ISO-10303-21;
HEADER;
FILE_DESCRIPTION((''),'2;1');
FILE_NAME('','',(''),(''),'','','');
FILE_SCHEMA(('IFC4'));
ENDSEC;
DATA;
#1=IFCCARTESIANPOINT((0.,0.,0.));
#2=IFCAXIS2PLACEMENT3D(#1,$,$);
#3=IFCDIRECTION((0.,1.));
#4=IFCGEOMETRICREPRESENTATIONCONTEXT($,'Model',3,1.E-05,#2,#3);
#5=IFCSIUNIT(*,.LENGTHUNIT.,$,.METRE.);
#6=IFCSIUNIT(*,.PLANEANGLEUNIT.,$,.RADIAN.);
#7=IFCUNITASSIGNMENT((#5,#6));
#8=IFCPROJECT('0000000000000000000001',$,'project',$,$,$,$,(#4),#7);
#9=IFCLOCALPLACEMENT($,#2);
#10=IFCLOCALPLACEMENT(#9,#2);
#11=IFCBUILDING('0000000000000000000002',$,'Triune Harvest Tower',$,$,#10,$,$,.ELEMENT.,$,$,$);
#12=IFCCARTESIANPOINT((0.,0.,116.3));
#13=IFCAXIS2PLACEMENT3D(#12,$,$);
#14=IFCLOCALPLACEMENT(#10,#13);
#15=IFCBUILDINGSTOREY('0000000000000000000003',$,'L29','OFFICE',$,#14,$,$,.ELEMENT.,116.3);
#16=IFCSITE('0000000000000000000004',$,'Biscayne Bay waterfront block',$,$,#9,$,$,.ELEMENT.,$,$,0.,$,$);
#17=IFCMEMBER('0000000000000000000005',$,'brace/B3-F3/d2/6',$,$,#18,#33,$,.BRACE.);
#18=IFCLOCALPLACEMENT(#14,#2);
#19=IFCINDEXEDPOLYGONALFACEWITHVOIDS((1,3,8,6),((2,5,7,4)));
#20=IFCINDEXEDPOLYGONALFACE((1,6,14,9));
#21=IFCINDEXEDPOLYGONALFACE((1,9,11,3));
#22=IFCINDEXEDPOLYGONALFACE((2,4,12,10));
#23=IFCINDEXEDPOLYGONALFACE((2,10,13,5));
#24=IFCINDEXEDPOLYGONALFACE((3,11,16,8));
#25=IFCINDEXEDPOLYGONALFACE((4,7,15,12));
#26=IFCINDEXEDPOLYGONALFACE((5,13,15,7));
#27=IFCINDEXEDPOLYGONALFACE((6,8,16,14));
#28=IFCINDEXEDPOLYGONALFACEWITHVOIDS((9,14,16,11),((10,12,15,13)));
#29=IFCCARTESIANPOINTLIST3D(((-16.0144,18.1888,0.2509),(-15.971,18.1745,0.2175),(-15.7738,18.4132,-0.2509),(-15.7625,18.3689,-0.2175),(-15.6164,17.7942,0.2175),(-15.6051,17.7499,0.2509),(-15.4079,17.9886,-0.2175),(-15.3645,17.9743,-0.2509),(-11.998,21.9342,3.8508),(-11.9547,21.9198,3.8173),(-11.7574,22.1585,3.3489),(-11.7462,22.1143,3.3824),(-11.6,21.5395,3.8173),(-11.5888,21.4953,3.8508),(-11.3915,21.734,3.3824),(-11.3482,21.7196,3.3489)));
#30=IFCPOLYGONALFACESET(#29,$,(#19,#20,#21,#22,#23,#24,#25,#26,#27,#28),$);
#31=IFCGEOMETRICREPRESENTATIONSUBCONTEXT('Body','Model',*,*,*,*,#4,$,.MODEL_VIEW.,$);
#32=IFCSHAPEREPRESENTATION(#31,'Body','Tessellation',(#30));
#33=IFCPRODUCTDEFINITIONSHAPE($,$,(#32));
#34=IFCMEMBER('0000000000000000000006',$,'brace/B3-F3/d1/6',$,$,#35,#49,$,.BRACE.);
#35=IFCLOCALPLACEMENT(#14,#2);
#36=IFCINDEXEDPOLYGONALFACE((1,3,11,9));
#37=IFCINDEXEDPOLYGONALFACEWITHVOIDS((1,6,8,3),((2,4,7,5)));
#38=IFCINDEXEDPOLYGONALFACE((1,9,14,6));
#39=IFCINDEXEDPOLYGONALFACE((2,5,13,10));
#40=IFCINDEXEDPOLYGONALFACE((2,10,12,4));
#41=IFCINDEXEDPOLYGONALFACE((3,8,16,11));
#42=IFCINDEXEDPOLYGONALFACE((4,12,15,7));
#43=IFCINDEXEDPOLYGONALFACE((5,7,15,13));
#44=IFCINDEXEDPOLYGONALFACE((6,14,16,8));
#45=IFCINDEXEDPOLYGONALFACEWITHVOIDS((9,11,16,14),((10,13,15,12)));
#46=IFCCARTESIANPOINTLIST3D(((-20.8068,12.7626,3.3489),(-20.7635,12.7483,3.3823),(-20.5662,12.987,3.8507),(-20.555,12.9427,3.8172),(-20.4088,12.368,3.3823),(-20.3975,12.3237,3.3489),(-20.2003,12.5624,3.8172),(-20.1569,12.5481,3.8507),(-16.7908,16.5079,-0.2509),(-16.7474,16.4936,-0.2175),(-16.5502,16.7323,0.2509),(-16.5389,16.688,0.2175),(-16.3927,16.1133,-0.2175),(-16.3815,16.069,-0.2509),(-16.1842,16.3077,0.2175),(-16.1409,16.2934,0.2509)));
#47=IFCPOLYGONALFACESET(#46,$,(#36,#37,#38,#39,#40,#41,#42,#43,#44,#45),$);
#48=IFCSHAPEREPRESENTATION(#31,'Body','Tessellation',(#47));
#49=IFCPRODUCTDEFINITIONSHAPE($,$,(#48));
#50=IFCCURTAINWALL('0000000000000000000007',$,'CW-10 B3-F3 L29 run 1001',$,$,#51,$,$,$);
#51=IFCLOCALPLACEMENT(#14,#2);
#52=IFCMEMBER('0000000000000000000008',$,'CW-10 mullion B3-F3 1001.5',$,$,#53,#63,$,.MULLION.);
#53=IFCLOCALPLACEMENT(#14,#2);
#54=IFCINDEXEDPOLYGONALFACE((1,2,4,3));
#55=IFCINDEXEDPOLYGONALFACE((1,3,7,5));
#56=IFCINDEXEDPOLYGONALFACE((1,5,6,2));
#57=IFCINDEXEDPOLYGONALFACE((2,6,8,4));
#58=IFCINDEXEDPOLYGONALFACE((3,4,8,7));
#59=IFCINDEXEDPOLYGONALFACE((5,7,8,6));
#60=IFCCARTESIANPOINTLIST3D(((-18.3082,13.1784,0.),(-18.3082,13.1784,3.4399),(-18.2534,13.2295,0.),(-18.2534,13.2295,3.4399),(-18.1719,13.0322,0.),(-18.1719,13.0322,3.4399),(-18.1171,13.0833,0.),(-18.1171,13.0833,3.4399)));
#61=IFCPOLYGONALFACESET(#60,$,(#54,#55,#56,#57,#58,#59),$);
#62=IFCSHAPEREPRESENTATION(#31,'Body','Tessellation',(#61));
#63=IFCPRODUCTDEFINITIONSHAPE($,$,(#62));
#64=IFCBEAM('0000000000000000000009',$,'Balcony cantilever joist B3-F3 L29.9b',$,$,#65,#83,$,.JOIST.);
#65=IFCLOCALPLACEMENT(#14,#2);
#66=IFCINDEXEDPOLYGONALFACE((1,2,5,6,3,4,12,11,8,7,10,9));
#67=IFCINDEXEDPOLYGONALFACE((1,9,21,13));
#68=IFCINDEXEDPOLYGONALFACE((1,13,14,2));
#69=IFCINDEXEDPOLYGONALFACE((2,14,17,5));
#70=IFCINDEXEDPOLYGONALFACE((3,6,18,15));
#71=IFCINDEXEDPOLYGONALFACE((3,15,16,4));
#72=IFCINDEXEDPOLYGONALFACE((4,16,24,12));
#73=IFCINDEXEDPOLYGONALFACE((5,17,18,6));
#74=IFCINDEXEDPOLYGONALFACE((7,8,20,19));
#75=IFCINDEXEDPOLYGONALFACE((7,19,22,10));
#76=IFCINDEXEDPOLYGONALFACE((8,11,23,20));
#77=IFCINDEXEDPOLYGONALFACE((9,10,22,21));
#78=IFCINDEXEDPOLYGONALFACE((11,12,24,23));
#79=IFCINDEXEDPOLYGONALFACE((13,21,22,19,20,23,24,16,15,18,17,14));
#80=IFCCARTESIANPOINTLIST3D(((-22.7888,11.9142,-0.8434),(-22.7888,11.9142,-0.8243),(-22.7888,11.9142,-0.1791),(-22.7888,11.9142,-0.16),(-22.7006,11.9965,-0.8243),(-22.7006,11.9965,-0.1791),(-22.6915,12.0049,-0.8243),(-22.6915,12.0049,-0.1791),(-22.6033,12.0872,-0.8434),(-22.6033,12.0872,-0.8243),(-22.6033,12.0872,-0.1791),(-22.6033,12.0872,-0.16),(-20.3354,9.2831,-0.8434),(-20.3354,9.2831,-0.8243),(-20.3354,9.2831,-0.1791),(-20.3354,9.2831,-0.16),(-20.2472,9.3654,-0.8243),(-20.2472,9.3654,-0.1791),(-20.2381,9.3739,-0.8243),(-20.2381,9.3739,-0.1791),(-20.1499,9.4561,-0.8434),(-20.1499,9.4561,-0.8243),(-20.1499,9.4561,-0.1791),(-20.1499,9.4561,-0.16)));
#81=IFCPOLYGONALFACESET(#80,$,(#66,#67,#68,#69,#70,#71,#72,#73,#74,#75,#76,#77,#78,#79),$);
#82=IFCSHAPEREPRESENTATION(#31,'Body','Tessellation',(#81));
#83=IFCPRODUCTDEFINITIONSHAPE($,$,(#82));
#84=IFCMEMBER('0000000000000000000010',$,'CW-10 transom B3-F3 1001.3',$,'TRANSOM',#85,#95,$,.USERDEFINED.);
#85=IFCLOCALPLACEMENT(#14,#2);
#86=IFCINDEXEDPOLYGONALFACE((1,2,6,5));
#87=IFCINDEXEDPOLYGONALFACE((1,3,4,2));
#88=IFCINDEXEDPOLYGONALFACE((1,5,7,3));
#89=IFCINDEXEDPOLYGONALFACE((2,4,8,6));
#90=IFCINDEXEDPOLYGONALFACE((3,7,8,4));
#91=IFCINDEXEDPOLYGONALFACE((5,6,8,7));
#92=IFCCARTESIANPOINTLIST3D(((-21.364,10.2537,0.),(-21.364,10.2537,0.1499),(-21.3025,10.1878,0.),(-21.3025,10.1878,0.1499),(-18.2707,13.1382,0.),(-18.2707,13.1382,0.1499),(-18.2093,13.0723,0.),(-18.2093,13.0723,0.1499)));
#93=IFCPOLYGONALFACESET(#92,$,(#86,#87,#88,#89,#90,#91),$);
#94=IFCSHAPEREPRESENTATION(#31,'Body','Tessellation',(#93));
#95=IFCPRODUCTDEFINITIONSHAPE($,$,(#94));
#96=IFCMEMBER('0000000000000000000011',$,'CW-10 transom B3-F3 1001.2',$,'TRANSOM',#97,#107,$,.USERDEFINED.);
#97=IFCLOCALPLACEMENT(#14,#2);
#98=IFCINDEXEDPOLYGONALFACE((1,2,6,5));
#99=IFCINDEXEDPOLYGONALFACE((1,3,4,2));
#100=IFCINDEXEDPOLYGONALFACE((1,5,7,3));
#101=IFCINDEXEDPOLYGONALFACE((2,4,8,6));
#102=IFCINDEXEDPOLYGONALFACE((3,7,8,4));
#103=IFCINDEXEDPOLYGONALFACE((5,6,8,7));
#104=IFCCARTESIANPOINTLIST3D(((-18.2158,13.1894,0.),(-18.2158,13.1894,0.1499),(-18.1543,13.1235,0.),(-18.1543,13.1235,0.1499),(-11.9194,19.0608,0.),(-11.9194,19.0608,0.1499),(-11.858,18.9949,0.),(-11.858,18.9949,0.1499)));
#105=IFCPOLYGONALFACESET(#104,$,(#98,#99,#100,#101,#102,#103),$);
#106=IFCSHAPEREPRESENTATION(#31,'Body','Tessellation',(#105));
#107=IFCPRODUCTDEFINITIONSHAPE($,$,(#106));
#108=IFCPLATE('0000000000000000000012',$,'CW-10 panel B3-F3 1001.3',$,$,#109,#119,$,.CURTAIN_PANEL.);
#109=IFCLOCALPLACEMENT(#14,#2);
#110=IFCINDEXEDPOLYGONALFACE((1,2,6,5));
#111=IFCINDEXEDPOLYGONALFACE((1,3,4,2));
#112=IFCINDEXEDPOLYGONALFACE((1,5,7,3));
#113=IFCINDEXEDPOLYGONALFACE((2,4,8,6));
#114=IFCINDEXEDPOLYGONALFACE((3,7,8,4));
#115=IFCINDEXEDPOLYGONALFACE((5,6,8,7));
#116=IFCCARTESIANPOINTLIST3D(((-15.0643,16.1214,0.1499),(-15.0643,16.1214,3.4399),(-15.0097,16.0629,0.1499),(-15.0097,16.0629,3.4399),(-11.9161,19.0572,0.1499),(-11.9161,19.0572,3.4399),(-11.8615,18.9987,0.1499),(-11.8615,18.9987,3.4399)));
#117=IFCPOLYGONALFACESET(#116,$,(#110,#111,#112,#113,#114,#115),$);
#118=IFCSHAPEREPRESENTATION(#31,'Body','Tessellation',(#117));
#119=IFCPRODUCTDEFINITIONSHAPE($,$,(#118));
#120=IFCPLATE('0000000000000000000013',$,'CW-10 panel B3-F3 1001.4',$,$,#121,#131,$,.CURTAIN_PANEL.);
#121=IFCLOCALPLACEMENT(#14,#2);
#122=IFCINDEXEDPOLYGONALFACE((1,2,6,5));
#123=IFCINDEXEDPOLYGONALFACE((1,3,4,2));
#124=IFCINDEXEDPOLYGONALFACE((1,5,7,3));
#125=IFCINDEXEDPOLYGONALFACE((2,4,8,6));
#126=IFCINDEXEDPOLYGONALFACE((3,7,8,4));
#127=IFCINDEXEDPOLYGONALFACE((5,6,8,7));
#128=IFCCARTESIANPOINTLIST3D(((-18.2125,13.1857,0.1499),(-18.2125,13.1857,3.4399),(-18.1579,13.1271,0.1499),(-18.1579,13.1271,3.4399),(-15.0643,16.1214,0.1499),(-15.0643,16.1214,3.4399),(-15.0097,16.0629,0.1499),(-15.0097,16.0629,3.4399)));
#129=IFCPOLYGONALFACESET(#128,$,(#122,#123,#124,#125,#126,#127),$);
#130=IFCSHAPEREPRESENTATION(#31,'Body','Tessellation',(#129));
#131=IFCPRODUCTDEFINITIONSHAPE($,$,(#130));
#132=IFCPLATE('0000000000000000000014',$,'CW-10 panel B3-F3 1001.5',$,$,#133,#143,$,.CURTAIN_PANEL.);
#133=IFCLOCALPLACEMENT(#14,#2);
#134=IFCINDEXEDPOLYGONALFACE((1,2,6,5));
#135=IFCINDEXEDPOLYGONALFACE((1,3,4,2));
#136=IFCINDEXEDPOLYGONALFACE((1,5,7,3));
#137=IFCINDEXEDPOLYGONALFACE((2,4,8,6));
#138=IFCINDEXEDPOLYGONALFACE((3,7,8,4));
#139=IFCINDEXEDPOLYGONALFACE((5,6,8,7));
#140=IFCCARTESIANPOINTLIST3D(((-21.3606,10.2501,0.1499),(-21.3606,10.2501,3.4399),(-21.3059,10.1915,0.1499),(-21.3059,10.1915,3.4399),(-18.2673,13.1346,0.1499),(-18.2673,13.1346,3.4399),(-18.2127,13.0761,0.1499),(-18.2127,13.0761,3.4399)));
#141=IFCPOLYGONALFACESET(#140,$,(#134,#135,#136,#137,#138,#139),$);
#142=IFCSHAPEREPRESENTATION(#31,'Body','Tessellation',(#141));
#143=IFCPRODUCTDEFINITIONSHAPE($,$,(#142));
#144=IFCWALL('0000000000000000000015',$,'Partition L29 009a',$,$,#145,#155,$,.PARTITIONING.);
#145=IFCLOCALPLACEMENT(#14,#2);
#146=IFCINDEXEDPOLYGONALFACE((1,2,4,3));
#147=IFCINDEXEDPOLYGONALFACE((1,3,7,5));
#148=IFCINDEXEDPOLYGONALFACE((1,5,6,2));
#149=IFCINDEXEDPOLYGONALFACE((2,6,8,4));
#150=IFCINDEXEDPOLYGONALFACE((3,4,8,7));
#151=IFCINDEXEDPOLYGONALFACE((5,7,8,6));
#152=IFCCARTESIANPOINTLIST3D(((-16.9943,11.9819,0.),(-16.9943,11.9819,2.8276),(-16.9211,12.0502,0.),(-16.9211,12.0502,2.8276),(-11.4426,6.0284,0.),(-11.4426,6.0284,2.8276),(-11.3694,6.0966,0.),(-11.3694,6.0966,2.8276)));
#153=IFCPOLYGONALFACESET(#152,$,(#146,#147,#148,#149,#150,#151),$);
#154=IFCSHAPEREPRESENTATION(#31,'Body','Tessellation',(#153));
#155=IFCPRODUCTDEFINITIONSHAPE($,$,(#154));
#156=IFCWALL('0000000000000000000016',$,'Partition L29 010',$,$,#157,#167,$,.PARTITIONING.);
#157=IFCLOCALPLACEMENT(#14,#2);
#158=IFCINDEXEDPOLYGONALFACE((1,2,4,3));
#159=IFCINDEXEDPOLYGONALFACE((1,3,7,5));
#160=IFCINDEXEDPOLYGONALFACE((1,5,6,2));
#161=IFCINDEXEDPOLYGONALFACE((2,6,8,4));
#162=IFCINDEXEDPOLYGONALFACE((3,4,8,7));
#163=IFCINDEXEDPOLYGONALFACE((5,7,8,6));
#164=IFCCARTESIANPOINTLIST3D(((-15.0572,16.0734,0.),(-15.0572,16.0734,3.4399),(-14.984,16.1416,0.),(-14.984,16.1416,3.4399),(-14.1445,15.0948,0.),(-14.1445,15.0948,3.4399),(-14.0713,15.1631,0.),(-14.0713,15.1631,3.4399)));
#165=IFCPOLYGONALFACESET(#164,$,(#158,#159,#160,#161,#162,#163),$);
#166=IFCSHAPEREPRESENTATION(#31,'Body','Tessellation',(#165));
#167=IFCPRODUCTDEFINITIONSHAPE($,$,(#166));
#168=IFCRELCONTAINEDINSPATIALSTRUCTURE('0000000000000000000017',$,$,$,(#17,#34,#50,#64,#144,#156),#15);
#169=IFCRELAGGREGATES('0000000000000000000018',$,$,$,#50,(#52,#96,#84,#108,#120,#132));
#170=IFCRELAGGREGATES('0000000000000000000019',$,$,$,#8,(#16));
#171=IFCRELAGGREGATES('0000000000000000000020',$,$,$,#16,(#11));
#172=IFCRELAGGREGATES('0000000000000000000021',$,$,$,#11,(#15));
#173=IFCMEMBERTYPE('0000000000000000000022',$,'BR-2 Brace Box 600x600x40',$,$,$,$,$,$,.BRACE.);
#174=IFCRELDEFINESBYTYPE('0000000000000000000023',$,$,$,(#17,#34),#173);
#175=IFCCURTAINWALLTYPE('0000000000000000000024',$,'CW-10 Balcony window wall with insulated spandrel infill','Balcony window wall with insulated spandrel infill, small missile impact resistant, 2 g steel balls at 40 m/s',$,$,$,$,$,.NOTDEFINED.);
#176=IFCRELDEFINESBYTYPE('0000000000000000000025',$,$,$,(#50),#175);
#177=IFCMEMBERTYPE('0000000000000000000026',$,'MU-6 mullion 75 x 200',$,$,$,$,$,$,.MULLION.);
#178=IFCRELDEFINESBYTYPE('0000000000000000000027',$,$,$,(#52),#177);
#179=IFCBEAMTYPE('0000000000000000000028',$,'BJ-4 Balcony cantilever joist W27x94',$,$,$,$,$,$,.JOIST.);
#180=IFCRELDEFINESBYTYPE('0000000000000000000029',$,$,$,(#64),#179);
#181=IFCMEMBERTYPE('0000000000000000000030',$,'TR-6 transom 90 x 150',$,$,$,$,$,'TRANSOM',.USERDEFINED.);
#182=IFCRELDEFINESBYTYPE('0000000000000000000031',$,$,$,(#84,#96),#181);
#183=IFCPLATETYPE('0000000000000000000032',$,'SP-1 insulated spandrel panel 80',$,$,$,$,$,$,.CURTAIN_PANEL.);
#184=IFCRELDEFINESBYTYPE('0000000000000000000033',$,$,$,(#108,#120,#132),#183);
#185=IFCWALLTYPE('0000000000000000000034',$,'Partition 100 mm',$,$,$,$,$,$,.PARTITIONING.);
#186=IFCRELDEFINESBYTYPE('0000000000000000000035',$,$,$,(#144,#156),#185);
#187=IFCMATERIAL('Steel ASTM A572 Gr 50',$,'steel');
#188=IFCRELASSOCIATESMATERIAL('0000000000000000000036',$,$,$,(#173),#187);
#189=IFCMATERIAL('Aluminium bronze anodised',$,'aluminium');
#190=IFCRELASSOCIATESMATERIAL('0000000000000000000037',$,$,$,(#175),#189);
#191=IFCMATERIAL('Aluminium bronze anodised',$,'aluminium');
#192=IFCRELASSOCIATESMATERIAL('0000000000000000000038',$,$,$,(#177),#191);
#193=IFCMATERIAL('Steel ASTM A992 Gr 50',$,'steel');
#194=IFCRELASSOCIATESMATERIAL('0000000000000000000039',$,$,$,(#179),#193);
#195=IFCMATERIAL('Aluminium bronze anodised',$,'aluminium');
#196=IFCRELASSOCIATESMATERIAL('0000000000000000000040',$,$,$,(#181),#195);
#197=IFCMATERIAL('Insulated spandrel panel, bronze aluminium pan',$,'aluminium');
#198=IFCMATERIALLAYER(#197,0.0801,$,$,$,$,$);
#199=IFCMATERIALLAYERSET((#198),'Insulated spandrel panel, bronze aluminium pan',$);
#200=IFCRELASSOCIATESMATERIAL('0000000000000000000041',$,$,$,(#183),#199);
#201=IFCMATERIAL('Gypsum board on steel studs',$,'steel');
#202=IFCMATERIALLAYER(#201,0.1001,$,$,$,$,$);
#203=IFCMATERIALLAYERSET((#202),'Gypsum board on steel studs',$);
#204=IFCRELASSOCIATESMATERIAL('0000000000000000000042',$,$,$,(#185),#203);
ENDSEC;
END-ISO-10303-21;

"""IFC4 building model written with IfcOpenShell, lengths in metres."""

from ifc_helpers import new_model, si_unit, direction, frame, frame_2d, origin, origin_2d, place, context, subcontext, project, spatial, rectangle, hollow_rectangle, i_section, extrude, source, transform, mapped, material, layer, layer_set, material_profile, profile_set, type_object, element, aggregate, save


model = new_model("IFC4")

# Units and contexts
model_context = context("Model", 3, precision=1e-05, world=origin(), true_north=direction((0.0, 1.0)))
body_context = subcontext(model_context, "Body", "Model", "MODEL_VIEW")
ifc_project = project(units=[si_unit("LENGTHUNIT", "METRE"), si_unit("PLANEANGLEUNIT", "RADIAN")], contexts=[model_context])

# Site, building, storey
site_placement = place(None, origin())
site = spatial("IfcSite", under=ifc_project, at=site_placement, Name="Biscayne Bay waterfront block", CompositionType="ELEMENT", RefElevation=0.0)
building_placement = place(site_placement, origin())
building = spatial("IfcBuilding", under=site, at=building_placement, Name="Triune Harvest Tower", CompositionType="ELEMENT")
storey_placement = place(building_placement, frame((0.0, 0.0, 116.3)))
storey = spatial("IfcBuildingStorey", under=building, at=storey_placement, Name="L29", Description="OFFICE", CompositionType="ELEMENT", Elevation=116.3)

# Members
ifc_material_1 = material(Name="Steel ASTM A572 Gr 50", Category="steel")
ifc_material_profile_1 = material_profile(ifc_material_1, hollow_rectangle(XDim=0.6001, YDim=0.6001, WallThickness=0.04, at=origin_2d()), Name="Box 600x600x40")
ifc_profile_set_1 = profile_set([ifc_material_profile_1], Name="Steel ASTM A572 Gr 50")
member_type_1 = type_object("IfcMemberType", Name="BR-2 Brace Box 600x600x40", PredefinedType="BRACE", material=ifc_profile_set_1)
shared_shape_1 = source(origin(), body_context, "Body", "SweptSolid", [
    extrude(hollow_rectangle(XDim=0.6001, YDim=0.6001, WallThickness=0.04, at=origin_2d()), origin(), (0.0, 0.0, 1.0), 6.5664),
])
member_1_placement = place(storey_placement, frame((-15.6895, 18.0815, 0.0), z_axis=(0.611651, 0.570381, 0.548222), x_axis=(-0.682003, 0.731349, 0.0)))
element("IfcMember", 1, at=member_1_placement, inside=storey, type_object=member_type_1, Name="brace/B3-F3/d2/6", PredefinedType="BRACE", context=body_context, shape_type="MappedRepresentation", body=[
    mapped(shared_shape_1, transform((0.0, 0.0, 0.0), scale=1.0)),
])
shared_shape_2 = source(origin(), body_context, "Body", "SweptSolid", [
    extrude(hollow_rectangle(XDim=0.6001, YDim=0.6001, WallThickness=0.04, at=origin_2d()), origin(), (0.0, 0.0, 1.0), 6.5662),
])
member_2_placement = place(storey_placement, frame((-16.4658, 16.4006, 0.0), z_axis=(-0.611628, -0.570394, 0.548235), x_axis=(0.682025, -0.731329, 0.0)))
element("IfcMember", 2, at=member_2_placement, inside=storey, type_object=member_type_1, Name="brace/B3-F3/d1/6", PredefinedType="BRACE", context=body_context, shape_type="MappedRepresentation", body=[
    mapped(shared_shape_2, transform((0.0, 0.0, 0.0), scale=1.0)),
])

# Curtain wall, member
ifc_material_2 = material(Name="Aluminium bronze anodised", Category="aluminium")
curtain_wall_type = type_object("IfcCurtainWallType", Name="CW-10 Balcony window wall with insulated spandrel infill", Description="Balcony window wall with insulated spandrel infill, small missile impact resistant, 2 g steel balls at 40 m/s", PredefinedType="NOTDEFINED", material=ifc_material_2)
curtain_wall_placement = place(storey_placement, origin())
curtain_wall = element("IfcCurtainWall", 3, at=curtain_wall_placement, inside=storey, type_object=curtain_wall_type, Name="CW-10 B3-F3 L29 run 1001")
ifc_material_3 = material(Name="Aluminium bronze anodised", Category="aluminium")
ifc_material_profile_2 = material_profile(ifc_material_3, rectangle(XDim=0.2, YDim=0.075, at=origin_2d()), Name="MU-6 mullion 75 x 200")
ifc_profile_set_2 = profile_set([ifc_material_profile_2], Name="Aluminium bronze anodised")
member_type_2 = type_object("IfcMemberType", Name="MU-6 mullion 75 x 200", PredefinedType="MULLION", material=ifc_profile_set_2)
shared_shape_3 = source(origin(), body_context, "Body", "SweptSolid", [
    extrude(rectangle(XDim=0.2, YDim=0.075, at=origin_2d()), origin(), (0.0, 0.0, 1.0), 3.4399),
])
member_3_placement = place(storey_placement, frame((-18.2126, 13.1309, 0.0), z_axis=(0.0, 0.0, 1.0), x_axis=(0.682, -0.731352, 0.0)))
member_3 = element("IfcMember", 4, at=member_3_placement, type_object=member_type_2, Name="CW-10 mullion B3-F3 1001.5", PredefinedType="MULLION", context=body_context, shape_type="MappedRepresentation", body=[
    mapped(shared_shape_3, transform((0.0, 0.0, 0.0), scale=1.0)),
])

# Beam
ifc_material_4 = material(Name="Steel ASTM A992 Gr 50", Category="steel")
ifc_material_profile_3 = material_profile(ifc_material_4, i_section(OverallWidth=0.2537, OverallDepth=0.6833, WebThickness=0.0125, FlangeThickness=0.019, at=origin_2d()), Name="W27x94")
ifc_profile_set_3 = profile_set([ifc_material_profile_3], Name="Steel ASTM A992 Gr 50")
beam_type_1 = type_object("IfcBeamType", Name="BJ-4 Balcony cantilever joist W27x94", PredefinedType="JOIST", material=ifc_profile_set_3)
shared_shape_4 = source(origin(), body_context, "Body", "SweptSolid", [
    extrude(i_section(OverallWidth=0.2537, OverallDepth=0.6833, WebThickness=0.0125, FlangeThickness=0.019, at=origin_2d()), origin(), (0.0, 0.0, 1.0), 3.5974),
])
beam_1_placement = place(storey_placement, frame((-20.2427, 9.3696, -0.5017), z_axis=(-0.681972, 0.731378, 0.0), x_axis=(-0.731378, -0.681972, 0.0)))
element("IfcBeam", 5, at=beam_1_placement, inside=storey, type_object=beam_type_1, Name="Balcony cantilever joist B3-F3 L29.9b", PredefinedType="JOIST", context=body_context, shape_type="MappedRepresentation", body=[
    mapped(shared_shape_4, transform((0.0, 0.0, 0.0), scale=1.0)),
])

# Members
ifc_material_5 = material(Name="Aluminium bronze anodised", Category="aluminium")
ifc_material_profile_4 = material_profile(ifc_material_5, rectangle(XDim=0.0901, YDim=0.1499, at=origin_2d()), Name="TR-6 transom 90 x 150")
ifc_profile_set_4 = profile_set([ifc_material_profile_4], Name="Aluminium bronze anodised")
member_type_3 = type_object("IfcMemberType", Name="TR-6 transom 90 x 150", ElementType="TRANSOM", PredefinedType="USERDEFINED", material=ifc_profile_set_4)
shared_shape_5 = source(origin(), body_context, "Body", "SweptSolid", [
    extrude(rectangle(XDim=0.0901, YDim=0.1499, at=origin_2d()), origin(), (0.0, 0.0, 1.0), 4.2295),
])
member_4_placement = place(storey_placement, frame((-18.24, 13.1052, 0.075), z_axis=(-0.731353, -0.681999, 0.0), x_axis=(0.681999, -0.731353, 0.0)))
member_4 = element("IfcMember", 6, at=member_4_placement, type_object=member_type_3, Name="CW-10 transom B3-F3 1001.3", ObjectType="TRANSOM", PredefinedType="USERDEFINED", context=body_context, shape_type="MappedRepresentation", body=[
    mapped(shared_shape_5, transform((0.0, 0.0, 0.0), scale=1.0)),
])
shared_shape_6 = source(origin(), body_context, "Body", "SweptSolid", [
    extrude(rectangle(XDim=0.0901, YDim=0.1499, at=origin_2d()), origin(), (0.0, 0.0, 1.0), 8.6091),
])
member_5_placement = place(storey_placement, frame((-11.8887, 19.0278, 0.075), z_axis=(-0.731362, -0.68199, 0.0), x_axis=(0.68199, -0.731362, 0.0)))
member_5 = element("IfcMember", 7, at=member_5_placement, type_object=member_type_3, Name="CW-10 transom B3-F3 1001.2", ObjectType="TRANSOM", PredefinedType="USERDEFINED", context=body_context, shape_type="MappedRepresentation", body=[
    mapped(shared_shape_6, transform((0.0, 0.0, 0.0), scale=1.0)),
])

# Plates
ifc_material_6 = material(Name="Insulated spandrel panel, bronze aluminium pan", Category="aluminium")
ifc_layer_1 = layer(ifc_material_6, 0.0801)
ifc_layer_set_1 = layer_set([ifc_layer_1], Name="Insulated spandrel panel, bronze aluminium pan")
plate_type = type_object("IfcPlateType", Name="SP-1 insulated spandrel panel 80", PredefinedType="CURTAIN_PANEL", material=ifc_layer_set_1)
shared_shape_7 = source(origin(), body_context, "Body", "SweptSolid", [
    extrude(rectangle(XDim=4.3047, YDim=0.0801, at=origin_2d()), origin(), (0.0, 0.0, 1.0), 3.29),
])
plate_1_placement = place(storey_placement, frame((-13.4629, 17.5601, 0.1499), z_axis=(0.0, 0.0, 1.0), x_axis=(-0.731352, -0.682, 0.0)))
plate_1 = element("IfcPlate", 8, at=plate_1_placement, type_object=plate_type, Name="CW-10 panel B3-F3 1001.3", PredefinedType="CURTAIN_PANEL", context=body_context, shape_type="MappedRepresentation", body=[
    mapped(shared_shape_7, transform((0.0, 0.0, 0.0), scale=1.0)),
])
plate_2_placement = place(storey_placement, frame((-16.6111, 14.6243, 0.1499), z_axis=(0.0, 0.0, 1.0), x_axis=(-0.731352, -0.682, 0.0)))
plate_2 = element("IfcPlate", 9, at=plate_2_placement, type_object=plate_type, Name="CW-10 panel B3-F3 1001.4", PredefinedType="CURTAIN_PANEL", context=body_context, shape_type="MappedRepresentation", body=[
    mapped(shared_shape_7, transform((0.0, 0.0, 0.0), scale=1.0)),
])
shared_shape_8 = source(origin(), body_context, "Body", "SweptSolid", [
    extrude(rectangle(XDim=4.2295, YDim=0.0801, at=origin_2d()), origin(), (0.0, 0.0, 1.0), 3.29),
])
plate_3_placement = place(storey_placement, frame((-19.7866, 11.6631, 0.1499), z_axis=(0.0, 0.0, 1.0), x_axis=(-0.731352, -0.682, 0.0)))
plate_3 = element("IfcPlate", 10, at=plate_3_placement, type_object=plate_type, Name="CW-10 panel B3-F3 1001.5", PredefinedType="CURTAIN_PANEL", context=body_context, shape_type="MappedRepresentation", body=[
    mapped(shared_shape_8, transform((0.0, 0.0, 0.0), scale=1.0)),
])
aggregate(curtain_wall, [member_3, member_5, member_4, plate_1, plate_2, plate_3])

# Walls
ifc_material_7 = material(Name="Gypsum board on steel studs", Category="steel")
ifc_layer_2 = layer(ifc_material_7, 0.1001)
ifc_layer_set_2 = layer_set([ifc_layer_2], Name="Gypsum board on steel studs")
wall_type_1 = type_object("IfcWallType", Name="Partition 100 mm", PredefinedType="PARTITIONING", material=ifc_layer_set_2)
wall_1_placement = place(storey_placement, frame((-16.9578, 12.0161, 0.0), z_axis=(0.0, 0.0, 1.0), x_axis=(0.681993, -0.731358, 0.0)))
element("IfcWall", 11, at=wall_1_placement, inside=storey, type_object=wall_type_1, Name="Partition L29 009a", PredefinedType="PARTITIONING", context=body_context, shape_type="SweptSolid", body=[
    extrude(rectangle(XDim=8.1404, YDim=0.1001, at=frame_2d((4.0703, 0.0))), origin(), (0.0, 0.0, 1.0), 2.8276),
])
shared_shape_9 = source(origin(), body_context, "Body", "SweptSolid", [
    extrude(rectangle(XDim=1.3381, YDim=0.1001, at=frame_2d((0.6689, 0.0))), origin(), (0.0, 0.0, 1.0), 3.4399),
])
wall_2_placement = place(storey_placement, frame((-15.0205, 16.1074, 0.0), z_axis=(0.0, 0.0, 1.0), x_axis=(0.682045, -0.73131, 0.0)))
element("IfcWall", 12, at=wall_2_placement, inside=storey, type_object=wall_type_1, Name="Partition L29 010", PredefinedType="PARTITIONING", context=body_context, shape_type="MappedRepresentation", body=[
    mapped(shared_shape_9, transform((0.0, 0.0, 0.0), scale=1.0)),
])

save(model, "model.ifc")
